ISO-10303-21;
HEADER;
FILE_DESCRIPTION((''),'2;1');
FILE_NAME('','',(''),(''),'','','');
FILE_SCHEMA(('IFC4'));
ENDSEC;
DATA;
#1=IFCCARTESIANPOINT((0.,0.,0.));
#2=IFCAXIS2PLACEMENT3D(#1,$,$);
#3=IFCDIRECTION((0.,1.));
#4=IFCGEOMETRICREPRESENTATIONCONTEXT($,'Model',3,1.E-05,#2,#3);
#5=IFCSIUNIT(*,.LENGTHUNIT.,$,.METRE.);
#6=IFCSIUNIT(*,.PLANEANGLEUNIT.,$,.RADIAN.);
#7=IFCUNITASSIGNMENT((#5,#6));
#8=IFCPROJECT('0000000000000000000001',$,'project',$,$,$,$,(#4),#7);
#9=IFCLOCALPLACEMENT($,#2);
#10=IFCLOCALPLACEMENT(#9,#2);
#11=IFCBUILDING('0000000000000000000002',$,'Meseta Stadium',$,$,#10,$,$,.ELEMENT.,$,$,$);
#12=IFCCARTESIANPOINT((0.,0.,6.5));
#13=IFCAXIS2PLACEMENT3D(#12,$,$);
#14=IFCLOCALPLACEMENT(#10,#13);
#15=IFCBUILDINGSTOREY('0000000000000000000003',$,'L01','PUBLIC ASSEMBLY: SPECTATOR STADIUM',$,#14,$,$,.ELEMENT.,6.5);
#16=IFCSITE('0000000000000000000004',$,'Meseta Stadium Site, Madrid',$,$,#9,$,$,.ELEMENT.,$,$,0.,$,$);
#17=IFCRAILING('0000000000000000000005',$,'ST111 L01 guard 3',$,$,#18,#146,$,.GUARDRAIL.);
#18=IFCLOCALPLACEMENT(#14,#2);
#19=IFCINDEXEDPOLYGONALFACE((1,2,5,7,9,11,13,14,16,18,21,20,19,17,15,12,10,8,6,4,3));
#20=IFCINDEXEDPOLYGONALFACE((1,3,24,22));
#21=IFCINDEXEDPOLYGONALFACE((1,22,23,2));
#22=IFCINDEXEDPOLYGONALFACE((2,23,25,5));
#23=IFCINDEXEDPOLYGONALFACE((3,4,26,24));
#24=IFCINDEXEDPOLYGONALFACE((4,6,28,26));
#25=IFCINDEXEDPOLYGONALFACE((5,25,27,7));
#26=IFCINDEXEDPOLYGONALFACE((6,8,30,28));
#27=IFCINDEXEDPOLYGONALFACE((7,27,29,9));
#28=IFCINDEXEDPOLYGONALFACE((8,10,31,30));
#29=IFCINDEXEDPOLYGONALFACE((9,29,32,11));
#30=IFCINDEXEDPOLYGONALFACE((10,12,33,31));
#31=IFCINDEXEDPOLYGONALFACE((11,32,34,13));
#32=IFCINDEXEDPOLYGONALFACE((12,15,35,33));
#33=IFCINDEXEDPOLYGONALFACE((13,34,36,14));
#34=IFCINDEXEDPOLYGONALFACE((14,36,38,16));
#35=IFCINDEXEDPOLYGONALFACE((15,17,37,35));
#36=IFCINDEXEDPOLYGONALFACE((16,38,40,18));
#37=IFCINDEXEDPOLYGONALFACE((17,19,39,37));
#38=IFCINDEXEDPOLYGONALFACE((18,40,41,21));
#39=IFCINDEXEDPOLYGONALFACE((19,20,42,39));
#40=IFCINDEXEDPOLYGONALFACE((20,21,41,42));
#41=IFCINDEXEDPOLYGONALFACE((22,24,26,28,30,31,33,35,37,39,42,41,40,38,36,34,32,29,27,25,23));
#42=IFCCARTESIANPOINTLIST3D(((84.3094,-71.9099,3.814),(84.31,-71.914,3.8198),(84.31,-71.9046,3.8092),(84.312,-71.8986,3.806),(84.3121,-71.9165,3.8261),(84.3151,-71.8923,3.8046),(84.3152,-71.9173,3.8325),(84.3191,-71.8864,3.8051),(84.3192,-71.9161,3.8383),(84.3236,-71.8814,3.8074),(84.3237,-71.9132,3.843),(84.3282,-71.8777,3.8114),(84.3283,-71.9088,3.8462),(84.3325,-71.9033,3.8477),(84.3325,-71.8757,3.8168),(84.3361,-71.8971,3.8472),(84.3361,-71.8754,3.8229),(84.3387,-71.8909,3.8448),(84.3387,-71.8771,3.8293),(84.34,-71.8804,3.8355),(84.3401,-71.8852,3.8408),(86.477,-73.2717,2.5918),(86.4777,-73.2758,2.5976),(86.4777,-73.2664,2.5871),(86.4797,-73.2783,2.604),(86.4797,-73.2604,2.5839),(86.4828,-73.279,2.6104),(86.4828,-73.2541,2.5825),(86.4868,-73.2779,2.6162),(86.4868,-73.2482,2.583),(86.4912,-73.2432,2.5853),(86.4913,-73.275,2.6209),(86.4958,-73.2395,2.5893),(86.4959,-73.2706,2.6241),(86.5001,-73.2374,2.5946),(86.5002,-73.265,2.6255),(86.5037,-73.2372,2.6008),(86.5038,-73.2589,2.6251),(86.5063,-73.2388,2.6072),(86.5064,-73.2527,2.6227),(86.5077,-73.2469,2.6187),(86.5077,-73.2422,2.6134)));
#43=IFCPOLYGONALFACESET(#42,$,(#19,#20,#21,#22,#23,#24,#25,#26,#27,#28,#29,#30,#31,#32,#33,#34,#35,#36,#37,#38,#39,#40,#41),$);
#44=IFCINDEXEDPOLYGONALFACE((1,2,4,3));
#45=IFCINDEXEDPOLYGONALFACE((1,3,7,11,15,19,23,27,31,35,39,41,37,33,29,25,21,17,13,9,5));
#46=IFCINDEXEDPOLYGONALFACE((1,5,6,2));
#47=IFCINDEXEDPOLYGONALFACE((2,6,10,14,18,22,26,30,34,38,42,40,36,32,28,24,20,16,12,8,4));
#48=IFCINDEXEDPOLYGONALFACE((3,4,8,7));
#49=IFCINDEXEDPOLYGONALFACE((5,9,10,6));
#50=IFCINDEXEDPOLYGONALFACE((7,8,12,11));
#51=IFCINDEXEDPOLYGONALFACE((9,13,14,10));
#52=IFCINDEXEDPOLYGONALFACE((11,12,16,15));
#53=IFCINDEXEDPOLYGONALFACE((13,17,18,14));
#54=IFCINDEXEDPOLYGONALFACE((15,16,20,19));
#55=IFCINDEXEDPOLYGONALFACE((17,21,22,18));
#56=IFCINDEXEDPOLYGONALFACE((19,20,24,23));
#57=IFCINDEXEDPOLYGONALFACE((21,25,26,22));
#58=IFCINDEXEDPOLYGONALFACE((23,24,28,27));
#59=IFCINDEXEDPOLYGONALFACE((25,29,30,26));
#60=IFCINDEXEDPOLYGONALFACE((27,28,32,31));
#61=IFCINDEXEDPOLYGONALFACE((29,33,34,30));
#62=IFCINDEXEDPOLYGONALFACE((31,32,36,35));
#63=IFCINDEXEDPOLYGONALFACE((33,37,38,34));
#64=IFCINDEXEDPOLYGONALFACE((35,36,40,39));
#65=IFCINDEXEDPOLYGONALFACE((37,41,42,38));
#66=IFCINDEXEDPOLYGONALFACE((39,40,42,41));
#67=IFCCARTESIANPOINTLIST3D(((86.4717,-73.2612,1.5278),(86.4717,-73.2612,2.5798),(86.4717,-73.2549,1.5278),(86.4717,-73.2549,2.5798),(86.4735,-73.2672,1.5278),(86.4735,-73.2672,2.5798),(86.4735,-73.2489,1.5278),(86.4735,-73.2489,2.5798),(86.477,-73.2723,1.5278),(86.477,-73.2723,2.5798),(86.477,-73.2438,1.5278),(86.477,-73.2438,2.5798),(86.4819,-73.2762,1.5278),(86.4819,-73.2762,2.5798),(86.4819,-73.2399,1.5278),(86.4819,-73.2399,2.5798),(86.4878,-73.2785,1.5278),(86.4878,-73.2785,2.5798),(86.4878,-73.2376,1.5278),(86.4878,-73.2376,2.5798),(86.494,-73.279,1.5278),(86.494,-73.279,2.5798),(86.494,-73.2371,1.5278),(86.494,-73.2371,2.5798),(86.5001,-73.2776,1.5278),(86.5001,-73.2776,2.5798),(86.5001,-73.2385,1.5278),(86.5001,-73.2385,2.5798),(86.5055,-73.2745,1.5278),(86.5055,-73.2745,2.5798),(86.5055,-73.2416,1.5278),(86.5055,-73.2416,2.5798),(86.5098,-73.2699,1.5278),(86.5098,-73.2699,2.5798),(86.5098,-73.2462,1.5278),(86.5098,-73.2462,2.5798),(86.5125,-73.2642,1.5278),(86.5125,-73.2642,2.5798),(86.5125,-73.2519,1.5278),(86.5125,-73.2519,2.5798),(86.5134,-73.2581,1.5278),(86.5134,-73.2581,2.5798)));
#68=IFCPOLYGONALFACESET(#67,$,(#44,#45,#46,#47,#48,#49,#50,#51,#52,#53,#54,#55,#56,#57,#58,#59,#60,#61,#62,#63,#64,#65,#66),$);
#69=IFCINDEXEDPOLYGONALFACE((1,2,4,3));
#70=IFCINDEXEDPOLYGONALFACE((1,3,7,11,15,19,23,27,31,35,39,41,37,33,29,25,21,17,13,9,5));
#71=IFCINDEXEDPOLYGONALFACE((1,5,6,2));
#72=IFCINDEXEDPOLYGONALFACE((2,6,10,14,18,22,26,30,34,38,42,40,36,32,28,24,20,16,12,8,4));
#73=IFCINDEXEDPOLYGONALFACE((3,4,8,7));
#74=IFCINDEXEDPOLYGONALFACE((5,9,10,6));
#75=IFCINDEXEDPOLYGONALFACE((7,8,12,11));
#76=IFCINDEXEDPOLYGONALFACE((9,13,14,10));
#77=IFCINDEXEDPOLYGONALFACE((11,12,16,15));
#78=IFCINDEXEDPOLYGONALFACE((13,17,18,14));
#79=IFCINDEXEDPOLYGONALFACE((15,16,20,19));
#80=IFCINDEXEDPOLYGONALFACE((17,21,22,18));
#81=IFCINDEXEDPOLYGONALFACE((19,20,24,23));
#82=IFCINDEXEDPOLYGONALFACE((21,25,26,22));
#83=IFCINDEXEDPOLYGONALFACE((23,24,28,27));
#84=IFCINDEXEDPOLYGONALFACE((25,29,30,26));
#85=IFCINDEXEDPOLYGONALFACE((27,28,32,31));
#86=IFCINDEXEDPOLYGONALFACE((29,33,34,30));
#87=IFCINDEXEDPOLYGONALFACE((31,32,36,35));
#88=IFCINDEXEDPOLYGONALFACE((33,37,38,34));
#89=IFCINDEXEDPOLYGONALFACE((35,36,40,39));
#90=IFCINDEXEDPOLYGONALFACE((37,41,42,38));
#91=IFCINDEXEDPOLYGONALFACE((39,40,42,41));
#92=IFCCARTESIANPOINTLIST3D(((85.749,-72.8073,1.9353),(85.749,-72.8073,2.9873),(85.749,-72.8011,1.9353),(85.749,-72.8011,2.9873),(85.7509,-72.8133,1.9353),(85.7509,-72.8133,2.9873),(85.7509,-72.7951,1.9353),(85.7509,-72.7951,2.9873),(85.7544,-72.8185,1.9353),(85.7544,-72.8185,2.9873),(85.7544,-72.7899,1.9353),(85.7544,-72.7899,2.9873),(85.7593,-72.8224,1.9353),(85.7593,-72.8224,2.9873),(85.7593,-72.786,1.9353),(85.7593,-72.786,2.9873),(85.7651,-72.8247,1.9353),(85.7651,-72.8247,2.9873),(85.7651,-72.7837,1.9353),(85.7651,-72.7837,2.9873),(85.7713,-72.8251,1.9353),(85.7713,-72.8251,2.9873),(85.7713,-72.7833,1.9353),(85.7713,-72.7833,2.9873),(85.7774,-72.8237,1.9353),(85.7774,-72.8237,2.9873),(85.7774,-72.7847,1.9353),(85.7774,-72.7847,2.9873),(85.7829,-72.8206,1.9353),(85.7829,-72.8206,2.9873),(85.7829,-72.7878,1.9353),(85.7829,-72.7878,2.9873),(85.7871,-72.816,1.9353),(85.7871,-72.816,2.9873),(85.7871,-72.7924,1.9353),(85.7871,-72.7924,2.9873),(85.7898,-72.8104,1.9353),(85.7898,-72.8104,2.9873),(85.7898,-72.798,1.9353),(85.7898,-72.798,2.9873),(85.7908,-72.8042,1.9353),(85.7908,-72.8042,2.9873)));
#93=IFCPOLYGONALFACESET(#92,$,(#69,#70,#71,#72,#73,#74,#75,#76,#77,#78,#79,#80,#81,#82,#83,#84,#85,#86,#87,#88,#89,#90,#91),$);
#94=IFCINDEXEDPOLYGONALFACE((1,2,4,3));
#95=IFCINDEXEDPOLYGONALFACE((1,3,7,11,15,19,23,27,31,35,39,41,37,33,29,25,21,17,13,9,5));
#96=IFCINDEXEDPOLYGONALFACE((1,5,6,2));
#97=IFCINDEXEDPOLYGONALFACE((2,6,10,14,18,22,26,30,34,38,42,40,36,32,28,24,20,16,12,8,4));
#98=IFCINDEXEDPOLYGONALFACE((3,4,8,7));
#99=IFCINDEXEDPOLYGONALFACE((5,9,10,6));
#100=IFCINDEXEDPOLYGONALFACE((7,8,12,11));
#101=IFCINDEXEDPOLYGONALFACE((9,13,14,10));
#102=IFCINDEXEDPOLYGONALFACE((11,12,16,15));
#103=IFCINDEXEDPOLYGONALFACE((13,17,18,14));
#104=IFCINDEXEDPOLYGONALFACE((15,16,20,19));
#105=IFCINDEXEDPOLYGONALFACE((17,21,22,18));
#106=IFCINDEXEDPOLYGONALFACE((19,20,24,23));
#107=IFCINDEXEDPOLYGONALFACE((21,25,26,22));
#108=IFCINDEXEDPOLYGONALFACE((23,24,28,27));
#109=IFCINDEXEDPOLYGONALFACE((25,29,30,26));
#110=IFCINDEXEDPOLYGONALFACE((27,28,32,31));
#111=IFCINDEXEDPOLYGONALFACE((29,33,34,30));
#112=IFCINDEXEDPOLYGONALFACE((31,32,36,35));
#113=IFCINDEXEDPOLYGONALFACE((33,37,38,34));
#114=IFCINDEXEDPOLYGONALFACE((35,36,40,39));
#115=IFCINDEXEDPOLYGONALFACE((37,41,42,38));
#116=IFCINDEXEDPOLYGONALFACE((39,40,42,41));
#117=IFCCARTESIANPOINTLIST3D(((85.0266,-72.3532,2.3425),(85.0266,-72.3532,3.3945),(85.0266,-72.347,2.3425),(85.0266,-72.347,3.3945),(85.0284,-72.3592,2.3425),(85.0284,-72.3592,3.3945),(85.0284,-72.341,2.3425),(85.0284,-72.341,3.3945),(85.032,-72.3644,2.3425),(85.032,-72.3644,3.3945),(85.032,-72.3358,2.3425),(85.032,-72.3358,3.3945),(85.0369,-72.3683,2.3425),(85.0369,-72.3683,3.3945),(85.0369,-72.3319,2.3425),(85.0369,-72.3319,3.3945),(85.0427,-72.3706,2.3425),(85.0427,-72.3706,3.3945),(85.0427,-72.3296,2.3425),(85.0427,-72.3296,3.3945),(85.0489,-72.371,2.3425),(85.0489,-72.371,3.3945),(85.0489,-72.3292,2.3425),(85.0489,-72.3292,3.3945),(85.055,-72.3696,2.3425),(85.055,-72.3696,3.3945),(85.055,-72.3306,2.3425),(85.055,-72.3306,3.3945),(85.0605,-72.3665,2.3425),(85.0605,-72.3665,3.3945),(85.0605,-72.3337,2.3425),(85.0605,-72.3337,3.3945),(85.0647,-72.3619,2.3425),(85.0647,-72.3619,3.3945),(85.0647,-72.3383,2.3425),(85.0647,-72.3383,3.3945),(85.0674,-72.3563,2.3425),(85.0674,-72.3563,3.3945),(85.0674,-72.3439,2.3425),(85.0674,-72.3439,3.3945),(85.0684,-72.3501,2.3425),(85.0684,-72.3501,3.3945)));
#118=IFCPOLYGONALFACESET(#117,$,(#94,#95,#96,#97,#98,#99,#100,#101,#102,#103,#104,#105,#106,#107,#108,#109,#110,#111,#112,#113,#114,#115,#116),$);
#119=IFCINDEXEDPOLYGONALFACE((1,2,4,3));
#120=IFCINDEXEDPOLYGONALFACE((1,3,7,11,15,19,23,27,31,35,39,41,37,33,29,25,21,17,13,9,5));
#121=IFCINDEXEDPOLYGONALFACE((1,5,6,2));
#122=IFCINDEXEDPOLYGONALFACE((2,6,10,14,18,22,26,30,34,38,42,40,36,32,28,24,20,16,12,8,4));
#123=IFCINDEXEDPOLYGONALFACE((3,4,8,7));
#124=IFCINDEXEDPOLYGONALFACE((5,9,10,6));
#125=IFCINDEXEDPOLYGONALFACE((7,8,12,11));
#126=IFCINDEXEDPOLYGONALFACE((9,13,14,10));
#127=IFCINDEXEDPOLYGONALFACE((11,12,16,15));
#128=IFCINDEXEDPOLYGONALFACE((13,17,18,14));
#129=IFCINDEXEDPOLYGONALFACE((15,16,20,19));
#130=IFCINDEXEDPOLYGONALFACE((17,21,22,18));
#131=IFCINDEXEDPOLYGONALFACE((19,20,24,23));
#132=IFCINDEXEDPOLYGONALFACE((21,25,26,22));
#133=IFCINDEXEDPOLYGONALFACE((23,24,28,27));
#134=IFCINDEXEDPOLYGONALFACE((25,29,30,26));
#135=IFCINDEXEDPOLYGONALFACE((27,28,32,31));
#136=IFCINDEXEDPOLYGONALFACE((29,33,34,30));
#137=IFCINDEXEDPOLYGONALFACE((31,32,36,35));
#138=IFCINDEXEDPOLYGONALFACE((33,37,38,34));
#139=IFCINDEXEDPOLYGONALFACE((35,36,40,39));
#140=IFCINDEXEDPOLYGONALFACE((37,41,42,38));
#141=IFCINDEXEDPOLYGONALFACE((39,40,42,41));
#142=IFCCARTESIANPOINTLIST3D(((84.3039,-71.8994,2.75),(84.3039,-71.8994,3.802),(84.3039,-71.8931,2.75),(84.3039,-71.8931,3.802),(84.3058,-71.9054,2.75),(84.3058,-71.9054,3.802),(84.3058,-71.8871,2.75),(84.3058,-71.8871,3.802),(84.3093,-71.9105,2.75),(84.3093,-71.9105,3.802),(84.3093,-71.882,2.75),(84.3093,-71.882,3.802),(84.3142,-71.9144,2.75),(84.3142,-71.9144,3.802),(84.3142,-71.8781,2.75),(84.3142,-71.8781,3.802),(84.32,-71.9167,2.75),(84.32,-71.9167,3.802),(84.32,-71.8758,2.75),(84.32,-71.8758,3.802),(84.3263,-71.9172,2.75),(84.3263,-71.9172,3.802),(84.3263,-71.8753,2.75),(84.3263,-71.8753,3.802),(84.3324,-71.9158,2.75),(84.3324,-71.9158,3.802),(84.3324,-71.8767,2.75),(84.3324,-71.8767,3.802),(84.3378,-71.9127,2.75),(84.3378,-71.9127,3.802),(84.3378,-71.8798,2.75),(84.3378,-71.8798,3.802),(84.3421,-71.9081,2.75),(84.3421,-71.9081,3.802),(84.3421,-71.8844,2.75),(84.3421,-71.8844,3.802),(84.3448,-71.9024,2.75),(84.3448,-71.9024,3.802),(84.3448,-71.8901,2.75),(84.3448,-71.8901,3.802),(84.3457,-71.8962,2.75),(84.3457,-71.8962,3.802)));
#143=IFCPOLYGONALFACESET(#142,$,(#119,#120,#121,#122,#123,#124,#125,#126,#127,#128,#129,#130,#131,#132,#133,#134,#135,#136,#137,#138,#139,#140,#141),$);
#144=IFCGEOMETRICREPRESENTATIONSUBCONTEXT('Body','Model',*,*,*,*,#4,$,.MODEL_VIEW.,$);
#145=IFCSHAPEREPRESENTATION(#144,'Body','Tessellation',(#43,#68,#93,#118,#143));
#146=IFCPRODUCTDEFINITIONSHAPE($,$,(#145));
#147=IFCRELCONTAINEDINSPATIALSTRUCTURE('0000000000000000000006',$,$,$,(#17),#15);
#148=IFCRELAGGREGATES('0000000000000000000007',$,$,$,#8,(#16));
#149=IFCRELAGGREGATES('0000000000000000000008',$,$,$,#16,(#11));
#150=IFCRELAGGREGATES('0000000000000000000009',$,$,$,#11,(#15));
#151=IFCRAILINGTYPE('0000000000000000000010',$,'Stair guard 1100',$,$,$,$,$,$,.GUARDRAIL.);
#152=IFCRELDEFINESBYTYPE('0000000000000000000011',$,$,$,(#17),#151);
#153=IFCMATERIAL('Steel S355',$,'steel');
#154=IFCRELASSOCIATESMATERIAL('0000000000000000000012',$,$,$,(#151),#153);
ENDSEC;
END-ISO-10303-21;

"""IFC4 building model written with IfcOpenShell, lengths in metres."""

from ifc_helpers import new_model, si_unit, direction, frame, origin, origin_2d, place, context, subcontext, project, spatial, circle, extrude, material, type_object, element, save


model = new_model("IFC4")

# Units and contexts
model_context = context("Model", 3, precision=1e-05, world=origin(), true_north=direction((0.0, 1.0)))
body_context = subcontext(model_context, "Body", "Model", "MODEL_VIEW")
ifc_project = project(units=[si_unit("LENGTHUNIT", "METRE"), si_unit("PLANEANGLEUNIT", "RADIAN")], contexts=[model_context])

# Site, building, storey
site_placement = place(None, origin())
site = spatial("IfcSite", under=ifc_project, at=site_placement, Name="Meseta Stadium Site, Madrid", CompositionType="ELEMENT", RefElevation=0.0)
building_placement = place(site_placement, origin())
building = spatial("IfcBuilding", under=site, at=building_placement, Name="Meseta Stadium", CompositionType="ELEMENT")
storey_placement = place(building_placement, frame((0.0, 0.0, 6.5)))
storey = spatial("IfcBuildingStorey", under=building, at=storey_placement, Name="L01", Description="PUBLIC ASSEMBLY: SPECTATOR STADIUM", CompositionType="ELEMENT", Elevation=6.5)

# Railing
ifc_material_1 = material(Name="Steel S355", Category="steel")
railing_type_1 = type_object("IfcRailingType", Name="Stair guard 1100", PredefinedType="GUARDRAIL", material=ifc_material_1)
railing_1_placement = place(storey_placement, frame((86.4924, -73.2581, 1.5278)))
element("IfcRailing", 1, at=railing_1_placement, inside=storey, type_object=railing_type_1, Name="ST111 L01 guard 3", PredefinedType="GUARDRAIL", context=body_context, shape_type="SweptSolid", body=[
    extrude(circle(Radius=0.0239, at=origin_2d()), frame((0.0, 0.0, 1.0762), z_axis=(-0.764152, 0.480059, 0.430831), x_axis=(-0.531961, -0.846769, 0.0)), (0.0, 0.0, 1.0), 2.8367),
    extrude(circle(Radius=0.021, at=origin_2d()), origin(), (0.0, 0.0, 1.0), 1.052),
    extrude(circle(Radius=0.021, at=origin_2d()), frame((-0.7227, 0.4539, 0.4075)), (0.0, 0.0, 1.0), 1.052),
    extrude(circle(Radius=0.021, at=origin_2d()), frame((-1.4451, 0.908, 0.8147)), (0.0, 0.0, 1.0), 1.052),
    extrude(circle(Radius=0.021, at=origin_2d()), frame((-2.1677, 1.3618, 1.2222)), (0.0, 0.0, 1.0), 1.052),
])

save(model, "model.ifc")
